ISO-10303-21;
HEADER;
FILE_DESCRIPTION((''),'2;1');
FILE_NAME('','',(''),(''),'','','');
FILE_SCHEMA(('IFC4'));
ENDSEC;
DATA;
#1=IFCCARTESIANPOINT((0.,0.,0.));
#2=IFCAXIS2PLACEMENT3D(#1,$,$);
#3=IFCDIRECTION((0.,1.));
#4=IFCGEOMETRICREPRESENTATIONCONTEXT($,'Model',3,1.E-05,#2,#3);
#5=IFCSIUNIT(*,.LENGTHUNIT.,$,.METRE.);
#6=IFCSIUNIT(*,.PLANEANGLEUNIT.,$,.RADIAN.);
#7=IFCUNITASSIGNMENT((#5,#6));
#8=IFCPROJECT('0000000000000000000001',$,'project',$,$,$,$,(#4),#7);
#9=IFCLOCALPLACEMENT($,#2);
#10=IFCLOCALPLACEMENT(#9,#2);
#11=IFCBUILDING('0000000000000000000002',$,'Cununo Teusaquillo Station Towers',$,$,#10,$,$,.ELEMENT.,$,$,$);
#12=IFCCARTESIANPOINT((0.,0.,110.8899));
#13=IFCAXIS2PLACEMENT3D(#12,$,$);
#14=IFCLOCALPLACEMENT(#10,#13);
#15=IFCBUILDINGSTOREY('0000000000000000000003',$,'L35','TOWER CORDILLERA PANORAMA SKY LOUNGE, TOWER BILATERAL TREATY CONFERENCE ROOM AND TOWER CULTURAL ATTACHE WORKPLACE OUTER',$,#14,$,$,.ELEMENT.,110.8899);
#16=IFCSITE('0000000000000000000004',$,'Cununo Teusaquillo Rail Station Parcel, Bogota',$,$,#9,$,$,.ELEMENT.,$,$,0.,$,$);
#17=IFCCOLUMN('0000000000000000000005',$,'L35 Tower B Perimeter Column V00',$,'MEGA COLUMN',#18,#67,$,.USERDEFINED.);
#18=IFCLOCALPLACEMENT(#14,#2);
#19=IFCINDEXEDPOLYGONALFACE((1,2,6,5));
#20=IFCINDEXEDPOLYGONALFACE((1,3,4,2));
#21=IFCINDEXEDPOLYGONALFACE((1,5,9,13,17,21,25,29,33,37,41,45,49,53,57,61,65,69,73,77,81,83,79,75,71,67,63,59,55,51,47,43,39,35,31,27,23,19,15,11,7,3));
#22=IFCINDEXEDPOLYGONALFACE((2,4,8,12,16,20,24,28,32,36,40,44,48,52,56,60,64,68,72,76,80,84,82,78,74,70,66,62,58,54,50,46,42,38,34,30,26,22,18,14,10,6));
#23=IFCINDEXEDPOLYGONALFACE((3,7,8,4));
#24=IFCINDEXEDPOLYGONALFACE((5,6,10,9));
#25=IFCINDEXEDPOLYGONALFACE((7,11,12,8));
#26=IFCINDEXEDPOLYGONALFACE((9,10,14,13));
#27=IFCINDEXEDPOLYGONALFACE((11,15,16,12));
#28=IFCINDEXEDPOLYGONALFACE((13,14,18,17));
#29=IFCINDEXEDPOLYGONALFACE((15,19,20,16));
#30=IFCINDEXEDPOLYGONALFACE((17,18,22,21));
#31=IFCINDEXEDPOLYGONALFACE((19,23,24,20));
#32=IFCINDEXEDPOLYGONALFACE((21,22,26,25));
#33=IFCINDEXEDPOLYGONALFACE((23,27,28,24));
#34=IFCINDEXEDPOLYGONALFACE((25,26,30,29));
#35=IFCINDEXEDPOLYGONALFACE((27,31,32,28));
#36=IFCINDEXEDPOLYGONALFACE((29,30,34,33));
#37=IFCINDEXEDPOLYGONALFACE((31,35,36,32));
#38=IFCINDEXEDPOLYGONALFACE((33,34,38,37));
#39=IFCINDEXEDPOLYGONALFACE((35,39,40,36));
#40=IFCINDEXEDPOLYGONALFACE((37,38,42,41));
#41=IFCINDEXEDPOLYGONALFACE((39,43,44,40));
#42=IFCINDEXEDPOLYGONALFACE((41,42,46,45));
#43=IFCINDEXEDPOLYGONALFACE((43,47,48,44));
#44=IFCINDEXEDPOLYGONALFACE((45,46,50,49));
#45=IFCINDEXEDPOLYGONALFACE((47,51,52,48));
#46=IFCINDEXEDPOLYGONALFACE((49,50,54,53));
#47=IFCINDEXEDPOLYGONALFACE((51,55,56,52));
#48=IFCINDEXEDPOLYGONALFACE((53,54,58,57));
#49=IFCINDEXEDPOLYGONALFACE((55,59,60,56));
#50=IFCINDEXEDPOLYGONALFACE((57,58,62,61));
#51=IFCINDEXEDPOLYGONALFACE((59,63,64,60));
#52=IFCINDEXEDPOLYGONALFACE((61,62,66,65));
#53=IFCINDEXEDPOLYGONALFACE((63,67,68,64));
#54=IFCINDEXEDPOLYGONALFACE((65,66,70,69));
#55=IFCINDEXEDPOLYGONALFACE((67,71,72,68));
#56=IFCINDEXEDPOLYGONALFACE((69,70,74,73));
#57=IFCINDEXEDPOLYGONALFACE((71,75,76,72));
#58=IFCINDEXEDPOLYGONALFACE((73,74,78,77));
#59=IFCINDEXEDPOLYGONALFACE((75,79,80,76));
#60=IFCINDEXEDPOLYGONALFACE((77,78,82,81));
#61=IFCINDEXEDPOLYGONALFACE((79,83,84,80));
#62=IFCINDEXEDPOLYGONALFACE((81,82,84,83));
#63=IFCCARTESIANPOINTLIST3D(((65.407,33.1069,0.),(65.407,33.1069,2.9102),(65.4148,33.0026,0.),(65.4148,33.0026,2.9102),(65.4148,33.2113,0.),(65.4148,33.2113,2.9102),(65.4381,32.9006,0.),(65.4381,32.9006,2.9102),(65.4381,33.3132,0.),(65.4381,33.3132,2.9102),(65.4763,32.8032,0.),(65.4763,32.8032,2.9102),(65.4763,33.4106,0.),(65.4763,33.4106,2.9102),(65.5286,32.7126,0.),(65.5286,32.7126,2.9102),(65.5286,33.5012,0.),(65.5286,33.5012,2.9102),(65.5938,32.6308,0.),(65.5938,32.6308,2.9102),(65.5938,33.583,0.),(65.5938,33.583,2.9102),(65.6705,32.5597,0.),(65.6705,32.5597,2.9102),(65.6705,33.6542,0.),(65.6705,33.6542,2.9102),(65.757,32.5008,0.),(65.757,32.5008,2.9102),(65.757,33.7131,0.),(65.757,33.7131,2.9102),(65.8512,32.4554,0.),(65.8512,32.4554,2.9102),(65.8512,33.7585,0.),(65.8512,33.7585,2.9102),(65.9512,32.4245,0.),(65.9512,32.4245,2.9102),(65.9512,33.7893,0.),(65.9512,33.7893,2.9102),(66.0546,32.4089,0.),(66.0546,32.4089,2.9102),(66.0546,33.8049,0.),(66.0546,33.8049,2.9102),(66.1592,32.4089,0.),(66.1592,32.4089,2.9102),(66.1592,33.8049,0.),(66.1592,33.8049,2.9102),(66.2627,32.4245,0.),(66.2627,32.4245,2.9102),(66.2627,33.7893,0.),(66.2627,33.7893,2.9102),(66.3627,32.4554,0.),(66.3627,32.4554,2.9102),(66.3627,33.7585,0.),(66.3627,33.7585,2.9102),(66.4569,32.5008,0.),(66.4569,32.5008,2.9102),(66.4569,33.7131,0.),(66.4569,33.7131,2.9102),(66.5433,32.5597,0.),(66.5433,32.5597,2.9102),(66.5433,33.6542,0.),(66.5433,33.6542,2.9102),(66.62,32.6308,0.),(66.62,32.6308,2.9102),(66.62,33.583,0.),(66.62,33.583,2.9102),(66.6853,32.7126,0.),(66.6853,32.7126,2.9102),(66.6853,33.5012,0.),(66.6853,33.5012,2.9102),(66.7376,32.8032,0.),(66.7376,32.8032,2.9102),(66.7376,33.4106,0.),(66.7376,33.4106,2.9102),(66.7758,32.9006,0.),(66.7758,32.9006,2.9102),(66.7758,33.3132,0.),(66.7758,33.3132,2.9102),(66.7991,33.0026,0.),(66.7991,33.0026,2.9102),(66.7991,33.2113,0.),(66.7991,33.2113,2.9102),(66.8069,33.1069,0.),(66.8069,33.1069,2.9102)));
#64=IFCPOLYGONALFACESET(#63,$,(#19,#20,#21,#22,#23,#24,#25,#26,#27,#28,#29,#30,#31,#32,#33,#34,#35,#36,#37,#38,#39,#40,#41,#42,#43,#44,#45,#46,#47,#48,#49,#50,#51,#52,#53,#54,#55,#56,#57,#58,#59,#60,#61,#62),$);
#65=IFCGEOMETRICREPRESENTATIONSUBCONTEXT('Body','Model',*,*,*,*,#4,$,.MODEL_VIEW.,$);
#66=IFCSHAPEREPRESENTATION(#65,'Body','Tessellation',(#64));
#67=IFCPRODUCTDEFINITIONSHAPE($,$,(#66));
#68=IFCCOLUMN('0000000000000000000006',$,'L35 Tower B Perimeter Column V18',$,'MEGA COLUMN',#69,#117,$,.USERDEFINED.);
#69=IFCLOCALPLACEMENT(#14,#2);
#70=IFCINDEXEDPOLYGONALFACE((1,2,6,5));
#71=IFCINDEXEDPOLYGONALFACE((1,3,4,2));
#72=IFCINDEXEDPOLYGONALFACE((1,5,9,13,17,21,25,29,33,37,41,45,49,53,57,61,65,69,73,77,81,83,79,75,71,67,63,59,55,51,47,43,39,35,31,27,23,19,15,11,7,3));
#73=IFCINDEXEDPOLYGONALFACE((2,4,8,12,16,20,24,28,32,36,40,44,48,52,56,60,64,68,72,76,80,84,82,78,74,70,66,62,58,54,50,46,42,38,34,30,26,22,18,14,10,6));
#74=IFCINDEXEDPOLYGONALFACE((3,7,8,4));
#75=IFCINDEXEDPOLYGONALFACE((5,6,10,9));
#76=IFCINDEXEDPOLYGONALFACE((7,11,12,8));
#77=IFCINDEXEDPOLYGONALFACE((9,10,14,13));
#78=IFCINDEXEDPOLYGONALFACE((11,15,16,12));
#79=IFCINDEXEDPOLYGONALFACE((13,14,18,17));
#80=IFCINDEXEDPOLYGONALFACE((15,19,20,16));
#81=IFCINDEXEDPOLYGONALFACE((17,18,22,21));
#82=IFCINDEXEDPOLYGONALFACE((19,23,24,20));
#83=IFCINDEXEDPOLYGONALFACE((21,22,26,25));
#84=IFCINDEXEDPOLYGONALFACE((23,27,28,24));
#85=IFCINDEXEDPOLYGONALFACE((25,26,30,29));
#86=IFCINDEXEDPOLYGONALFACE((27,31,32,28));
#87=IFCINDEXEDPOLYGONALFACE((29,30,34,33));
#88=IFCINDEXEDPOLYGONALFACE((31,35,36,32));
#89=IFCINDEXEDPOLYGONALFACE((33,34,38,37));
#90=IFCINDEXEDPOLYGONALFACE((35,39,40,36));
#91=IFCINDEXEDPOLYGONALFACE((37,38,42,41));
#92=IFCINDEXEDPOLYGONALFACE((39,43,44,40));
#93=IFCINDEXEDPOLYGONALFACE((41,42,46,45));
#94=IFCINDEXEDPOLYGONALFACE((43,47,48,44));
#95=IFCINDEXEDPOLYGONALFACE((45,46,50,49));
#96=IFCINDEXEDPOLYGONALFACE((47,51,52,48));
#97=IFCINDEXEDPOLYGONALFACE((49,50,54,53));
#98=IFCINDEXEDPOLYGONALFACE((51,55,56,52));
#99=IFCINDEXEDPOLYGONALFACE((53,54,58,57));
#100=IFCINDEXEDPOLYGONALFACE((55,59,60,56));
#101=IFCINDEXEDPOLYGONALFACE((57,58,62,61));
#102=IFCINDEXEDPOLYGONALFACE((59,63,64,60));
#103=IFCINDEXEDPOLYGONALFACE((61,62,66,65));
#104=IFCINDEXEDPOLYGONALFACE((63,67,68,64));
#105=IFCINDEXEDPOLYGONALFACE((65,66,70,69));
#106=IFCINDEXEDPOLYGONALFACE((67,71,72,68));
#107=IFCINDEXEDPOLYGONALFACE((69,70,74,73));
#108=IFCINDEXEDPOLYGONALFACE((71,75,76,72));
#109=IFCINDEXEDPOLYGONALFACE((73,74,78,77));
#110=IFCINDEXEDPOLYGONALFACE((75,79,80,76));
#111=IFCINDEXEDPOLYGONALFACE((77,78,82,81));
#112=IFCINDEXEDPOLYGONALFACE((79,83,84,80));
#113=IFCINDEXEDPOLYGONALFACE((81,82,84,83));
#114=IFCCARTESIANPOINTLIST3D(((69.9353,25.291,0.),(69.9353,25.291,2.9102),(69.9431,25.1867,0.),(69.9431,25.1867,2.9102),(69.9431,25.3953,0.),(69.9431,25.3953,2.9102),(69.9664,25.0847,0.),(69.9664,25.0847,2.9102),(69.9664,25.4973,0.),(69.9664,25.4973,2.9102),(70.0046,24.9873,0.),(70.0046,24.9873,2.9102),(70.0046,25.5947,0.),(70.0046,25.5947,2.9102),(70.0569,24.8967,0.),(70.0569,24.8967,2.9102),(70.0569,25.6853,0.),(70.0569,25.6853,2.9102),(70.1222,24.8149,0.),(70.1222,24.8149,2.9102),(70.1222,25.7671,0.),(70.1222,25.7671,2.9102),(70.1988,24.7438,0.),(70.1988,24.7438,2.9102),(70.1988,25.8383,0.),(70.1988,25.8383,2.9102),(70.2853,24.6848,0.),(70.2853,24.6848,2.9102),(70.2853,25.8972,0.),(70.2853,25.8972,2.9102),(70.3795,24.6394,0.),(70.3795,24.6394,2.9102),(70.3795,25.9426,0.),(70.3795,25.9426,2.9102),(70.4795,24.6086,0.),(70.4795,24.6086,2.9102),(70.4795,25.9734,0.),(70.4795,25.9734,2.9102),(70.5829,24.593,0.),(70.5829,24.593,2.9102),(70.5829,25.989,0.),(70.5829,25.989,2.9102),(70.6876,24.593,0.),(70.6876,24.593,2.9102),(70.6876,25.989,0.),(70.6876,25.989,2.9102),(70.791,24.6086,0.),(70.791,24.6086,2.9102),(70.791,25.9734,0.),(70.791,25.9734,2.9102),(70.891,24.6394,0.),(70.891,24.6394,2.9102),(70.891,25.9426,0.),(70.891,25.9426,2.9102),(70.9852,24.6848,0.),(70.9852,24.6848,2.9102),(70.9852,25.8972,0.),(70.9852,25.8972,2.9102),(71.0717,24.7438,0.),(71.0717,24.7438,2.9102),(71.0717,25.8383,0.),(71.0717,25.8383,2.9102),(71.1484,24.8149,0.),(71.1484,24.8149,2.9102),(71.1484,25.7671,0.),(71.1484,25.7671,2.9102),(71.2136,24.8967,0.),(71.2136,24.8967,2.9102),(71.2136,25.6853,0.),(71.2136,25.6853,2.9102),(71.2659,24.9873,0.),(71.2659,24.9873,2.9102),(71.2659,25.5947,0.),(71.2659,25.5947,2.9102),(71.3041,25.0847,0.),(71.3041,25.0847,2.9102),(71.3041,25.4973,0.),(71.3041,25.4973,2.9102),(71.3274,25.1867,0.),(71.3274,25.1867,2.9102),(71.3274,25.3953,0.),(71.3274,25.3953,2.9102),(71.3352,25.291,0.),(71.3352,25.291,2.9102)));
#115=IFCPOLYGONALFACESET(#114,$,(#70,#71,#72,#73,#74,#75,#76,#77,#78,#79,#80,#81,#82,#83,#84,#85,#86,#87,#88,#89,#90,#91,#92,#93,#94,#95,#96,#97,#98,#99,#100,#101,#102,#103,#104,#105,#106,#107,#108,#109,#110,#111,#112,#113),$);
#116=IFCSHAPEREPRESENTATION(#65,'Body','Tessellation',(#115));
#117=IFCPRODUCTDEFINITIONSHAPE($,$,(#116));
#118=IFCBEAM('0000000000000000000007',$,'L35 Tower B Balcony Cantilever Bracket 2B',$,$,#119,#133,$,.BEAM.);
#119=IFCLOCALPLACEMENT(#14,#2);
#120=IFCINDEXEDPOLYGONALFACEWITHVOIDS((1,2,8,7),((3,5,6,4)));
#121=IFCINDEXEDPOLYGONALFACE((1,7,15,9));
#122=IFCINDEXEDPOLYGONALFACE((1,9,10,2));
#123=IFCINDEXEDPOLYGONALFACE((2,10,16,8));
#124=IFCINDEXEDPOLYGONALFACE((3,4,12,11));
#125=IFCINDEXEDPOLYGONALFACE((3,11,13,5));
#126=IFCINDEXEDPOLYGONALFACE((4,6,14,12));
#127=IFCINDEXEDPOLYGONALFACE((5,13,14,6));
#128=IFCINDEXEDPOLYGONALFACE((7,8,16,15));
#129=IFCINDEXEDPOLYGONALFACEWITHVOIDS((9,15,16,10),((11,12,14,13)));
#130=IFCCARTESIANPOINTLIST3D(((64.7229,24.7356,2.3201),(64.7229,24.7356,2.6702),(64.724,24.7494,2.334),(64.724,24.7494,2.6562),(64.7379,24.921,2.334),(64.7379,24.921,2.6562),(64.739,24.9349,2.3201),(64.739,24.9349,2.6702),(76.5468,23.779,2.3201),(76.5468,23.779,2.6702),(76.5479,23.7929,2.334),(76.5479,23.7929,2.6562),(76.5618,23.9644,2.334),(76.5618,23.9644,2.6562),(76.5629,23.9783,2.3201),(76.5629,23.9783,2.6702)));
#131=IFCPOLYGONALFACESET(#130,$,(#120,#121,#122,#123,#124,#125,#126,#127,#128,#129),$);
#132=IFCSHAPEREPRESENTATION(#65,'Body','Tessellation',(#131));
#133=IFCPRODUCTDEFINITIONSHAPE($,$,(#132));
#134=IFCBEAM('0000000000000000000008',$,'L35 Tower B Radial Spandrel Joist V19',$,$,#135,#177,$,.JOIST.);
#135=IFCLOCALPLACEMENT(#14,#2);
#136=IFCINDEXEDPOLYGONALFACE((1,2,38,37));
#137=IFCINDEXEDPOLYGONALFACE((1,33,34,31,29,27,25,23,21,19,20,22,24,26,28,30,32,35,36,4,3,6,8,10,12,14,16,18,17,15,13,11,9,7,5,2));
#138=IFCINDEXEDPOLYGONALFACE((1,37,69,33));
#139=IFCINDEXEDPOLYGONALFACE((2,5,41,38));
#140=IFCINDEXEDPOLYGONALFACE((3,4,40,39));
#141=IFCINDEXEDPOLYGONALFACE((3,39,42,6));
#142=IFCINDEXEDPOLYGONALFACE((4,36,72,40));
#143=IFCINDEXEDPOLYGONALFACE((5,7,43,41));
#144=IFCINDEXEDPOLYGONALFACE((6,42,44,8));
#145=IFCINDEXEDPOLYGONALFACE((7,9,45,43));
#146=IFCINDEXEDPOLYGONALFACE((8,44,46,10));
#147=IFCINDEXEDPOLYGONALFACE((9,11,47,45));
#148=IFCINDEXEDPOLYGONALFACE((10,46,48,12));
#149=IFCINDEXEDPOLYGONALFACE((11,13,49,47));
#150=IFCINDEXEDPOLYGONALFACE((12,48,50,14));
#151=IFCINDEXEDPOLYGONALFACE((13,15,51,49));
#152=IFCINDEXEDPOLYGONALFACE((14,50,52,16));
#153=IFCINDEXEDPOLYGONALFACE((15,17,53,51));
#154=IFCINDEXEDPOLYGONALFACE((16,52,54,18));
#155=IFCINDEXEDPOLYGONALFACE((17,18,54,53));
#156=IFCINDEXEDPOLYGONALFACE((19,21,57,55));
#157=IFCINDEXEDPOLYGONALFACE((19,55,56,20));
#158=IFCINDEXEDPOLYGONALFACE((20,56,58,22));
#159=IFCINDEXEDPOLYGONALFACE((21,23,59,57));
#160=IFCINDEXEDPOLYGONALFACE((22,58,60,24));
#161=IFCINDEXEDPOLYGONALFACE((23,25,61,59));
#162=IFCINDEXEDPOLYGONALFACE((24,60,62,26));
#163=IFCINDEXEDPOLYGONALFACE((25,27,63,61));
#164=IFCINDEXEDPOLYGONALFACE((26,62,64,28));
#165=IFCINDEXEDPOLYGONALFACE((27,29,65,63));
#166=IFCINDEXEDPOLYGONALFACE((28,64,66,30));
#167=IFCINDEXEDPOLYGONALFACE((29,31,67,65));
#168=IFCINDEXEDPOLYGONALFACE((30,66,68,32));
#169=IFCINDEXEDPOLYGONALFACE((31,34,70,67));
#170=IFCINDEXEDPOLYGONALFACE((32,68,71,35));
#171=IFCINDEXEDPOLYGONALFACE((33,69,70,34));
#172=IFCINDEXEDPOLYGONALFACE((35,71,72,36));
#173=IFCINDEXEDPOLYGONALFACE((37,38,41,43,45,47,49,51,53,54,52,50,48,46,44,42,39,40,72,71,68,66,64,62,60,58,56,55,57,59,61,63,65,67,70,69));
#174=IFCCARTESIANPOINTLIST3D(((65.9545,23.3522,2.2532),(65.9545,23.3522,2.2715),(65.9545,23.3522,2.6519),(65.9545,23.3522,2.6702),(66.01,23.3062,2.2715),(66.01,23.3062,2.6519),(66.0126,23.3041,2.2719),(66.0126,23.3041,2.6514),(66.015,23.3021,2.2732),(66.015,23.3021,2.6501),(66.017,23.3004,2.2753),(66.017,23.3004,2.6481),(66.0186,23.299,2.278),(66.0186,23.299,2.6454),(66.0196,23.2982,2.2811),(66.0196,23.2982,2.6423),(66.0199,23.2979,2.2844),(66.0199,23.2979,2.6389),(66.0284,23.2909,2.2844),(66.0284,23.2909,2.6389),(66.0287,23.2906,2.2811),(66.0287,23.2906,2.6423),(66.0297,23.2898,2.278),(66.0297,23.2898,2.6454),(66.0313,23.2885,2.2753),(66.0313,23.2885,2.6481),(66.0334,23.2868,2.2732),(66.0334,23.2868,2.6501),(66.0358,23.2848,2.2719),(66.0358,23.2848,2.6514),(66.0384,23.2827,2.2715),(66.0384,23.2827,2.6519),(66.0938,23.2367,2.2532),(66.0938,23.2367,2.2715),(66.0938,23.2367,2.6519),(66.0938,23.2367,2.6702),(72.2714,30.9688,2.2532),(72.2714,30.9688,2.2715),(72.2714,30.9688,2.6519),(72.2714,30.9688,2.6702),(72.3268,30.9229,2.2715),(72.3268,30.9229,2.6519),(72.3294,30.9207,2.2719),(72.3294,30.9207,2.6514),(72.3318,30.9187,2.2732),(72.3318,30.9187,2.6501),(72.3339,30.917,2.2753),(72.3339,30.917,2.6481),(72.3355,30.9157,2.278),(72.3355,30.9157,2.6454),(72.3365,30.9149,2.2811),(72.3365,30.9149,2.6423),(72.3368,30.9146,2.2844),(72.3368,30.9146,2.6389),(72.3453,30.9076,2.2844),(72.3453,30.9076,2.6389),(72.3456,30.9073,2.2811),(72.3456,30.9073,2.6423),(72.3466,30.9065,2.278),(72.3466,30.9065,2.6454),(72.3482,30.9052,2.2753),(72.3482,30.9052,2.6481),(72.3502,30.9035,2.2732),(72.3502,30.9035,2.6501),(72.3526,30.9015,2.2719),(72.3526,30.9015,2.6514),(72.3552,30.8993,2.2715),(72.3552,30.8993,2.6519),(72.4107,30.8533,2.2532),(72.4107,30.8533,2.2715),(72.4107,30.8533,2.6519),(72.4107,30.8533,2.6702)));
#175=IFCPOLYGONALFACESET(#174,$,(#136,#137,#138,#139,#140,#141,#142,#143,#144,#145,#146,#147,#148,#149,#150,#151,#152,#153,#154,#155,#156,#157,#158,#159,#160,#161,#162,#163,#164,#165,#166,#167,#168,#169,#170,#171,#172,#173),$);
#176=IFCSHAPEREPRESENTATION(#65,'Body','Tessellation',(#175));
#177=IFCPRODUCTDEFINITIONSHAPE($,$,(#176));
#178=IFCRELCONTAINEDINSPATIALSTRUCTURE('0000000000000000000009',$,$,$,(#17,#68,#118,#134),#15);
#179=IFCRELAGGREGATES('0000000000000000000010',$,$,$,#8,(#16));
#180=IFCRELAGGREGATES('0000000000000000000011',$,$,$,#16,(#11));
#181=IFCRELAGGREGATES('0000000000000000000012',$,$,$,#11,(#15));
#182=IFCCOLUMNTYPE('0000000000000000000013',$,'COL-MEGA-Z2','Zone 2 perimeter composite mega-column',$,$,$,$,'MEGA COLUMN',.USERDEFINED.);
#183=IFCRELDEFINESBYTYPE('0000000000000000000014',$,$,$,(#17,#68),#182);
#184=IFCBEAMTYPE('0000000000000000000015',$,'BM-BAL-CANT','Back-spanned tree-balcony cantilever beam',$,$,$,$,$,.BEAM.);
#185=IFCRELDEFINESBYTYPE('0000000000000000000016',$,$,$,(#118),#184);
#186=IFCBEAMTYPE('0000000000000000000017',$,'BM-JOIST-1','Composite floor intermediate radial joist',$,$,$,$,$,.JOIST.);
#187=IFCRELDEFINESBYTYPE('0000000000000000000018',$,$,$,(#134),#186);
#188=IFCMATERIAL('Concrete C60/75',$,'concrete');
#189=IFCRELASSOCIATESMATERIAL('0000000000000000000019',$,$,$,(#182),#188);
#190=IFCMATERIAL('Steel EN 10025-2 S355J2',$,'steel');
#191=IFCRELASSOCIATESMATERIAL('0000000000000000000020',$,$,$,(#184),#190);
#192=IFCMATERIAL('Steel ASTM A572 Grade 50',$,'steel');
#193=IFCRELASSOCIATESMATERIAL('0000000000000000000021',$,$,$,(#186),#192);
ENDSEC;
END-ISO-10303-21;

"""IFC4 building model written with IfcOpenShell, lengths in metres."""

from ifc_helpers import new_model, si_unit, direction, frame, origin, origin_2d, place, context, subcontext, project, spatial, hollow_rectangle, circle, i_section, extrude, material, material_profile, profile_set, type_object, element, save


model = new_model("IFC4")

# Units and contexts
model_context = context("Model", 3, precision=1e-05, world=origin(), true_north=direction((0.0, 1.0)))
body_context = subcontext(model_context, "Body", "Model", "MODEL_VIEW")
ifc_project = project(units=[si_unit("LENGTHUNIT", "METRE"), si_unit("PLANEANGLEUNIT", "RADIAN")], contexts=[model_context])

# Site, building, storey
site_placement = place(None, origin())
site = spatial("IfcSite", under=ifc_project, at=site_placement, Name="Cununo Teusaquillo Rail Station Parcel, Bogota", CompositionType="ELEMENT", RefElevation=0.0)
building_placement = place(site_placement, origin())
building = spatial("IfcBuilding", under=site, at=building_placement, Name="Cununo Teusaquillo Station Towers", CompositionType="ELEMENT")
storey_placement = place(building_placement, frame((0.0, 0.0, 110.8899)))
storey = spatial("IfcBuildingStorey", under=building, at=storey_placement, Name="L35", Description="TOWER CORDILLERA PANORAMA SKY LOUNGE, TOWER BILATERAL TREATY CONFERENCE ROOM AND TOWER CULTURAL ATTACHE WORKPLACE OUTER", CompositionType="ELEMENT", Elevation=110.8899)

# Columns
ifc_material_1 = material(Name="Concrete C60/75", Category="concrete")
ifc_material_profile_1 = material_profile(ifc_material_1, circle(Radius=0.7, at=origin_2d()), Name="RC-CIRC-1400")
ifc_profile_set_1 = profile_set([ifc_material_profile_1], Name="Concrete C60/75")
column_type = type_object("IfcColumnType", Name="COL-MEGA-Z2", Description="Zone 2 perimeter composite mega-column", ElementType="MEGA COLUMN", PredefinedType="USERDEFINED", material=ifc_profile_set_1)
for number, where, z_axis, x_axis, name in (
    (1, (66.1069, 33.1069, 0.0), (0.0, 0.0, 1.0), (1.0, 0.0, 0.0), "L35 Tower B Perimeter Column V00"),
    (2, (70.6353, 25.291, 0.0), (0.0, 0.0, 1.0), (1.0, 0.0, 0.0), "L35 Tower B Perimeter Column V18"),
):
    element("IfcColumn", number, at=place(storey_placement, frame(where, z_axis=z_axis, x_axis=x_axis)), inside=storey, type_object=column_type, Name=name, ObjectType="MEGA COLUMN", PredefinedType="USERDEFINED", context=body_context, shape_type="SweptSolid", body=[
        extrude(circle(Radius=0.7, at=origin_2d()), origin(), (0.0, 0.0, 1.0), 2.9102),
    ])

# Beams
ifc_material_2 = material(Name="Steel EN 10025-2 S355J2", Category="steel")
ifc_material_profile_2 = material_profile(ifc_material_2, hollow_rectangle(XDim=0.2, YDim=0.3501, WallThickness=0.0139, at=origin_2d()), Name="RHS 350x200x14")
ifc_profile_set_2 = profile_set([ifc_material_profile_2], Name="Steel EN 10025-2 S355J2")
beam_type_1 = type_object("IfcBeamType", Name="BM-BAL-CANT", Description="Back-spanned tree-balcony cantilever beam", PredefinedType="BEAM", material=ifc_profile_set_2)
beam_1_placement = place(storey_placement, frame((64.731, 24.8352, 2.4951), z_axis=(0.996744, -0.080635, 0.0), x_axis=(0.080635, 0.996744, 0.0)))
element("IfcBeam", 3, at=beam_1_placement, inside=storey, type_object=beam_type_1, Name="L35 Tower B Balcony Cantilever Bracket 2B", PredefinedType="BEAM", context=body_context, shape_type="SweptSolid", body=[
    extrude(hollow_rectangle(XDim=0.2, YDim=0.3501, WallThickness=0.0139, at=origin_2d()), origin(), (0.0, 0.0, 1.0), 11.8625),
])
ifc_material_3 = material(Name="Steel ASTM A572 Grade 50", Category="steel")
ifc_material_profile_3 = material_profile(ifc_material_3, i_section(OverallWidth=0.1809, OverallDepth=0.417, WebThickness=0.011, FlangeThickness=0.0183, FilletRadius=0.0129, at=origin_2d()), Name="W16X57")
ifc_profile_set_3 = profile_set([ifc_material_profile_3], Name="Steel ASTM A572 Grade 50")
beam_type_2 = type_object("IfcBeamType", Name="BM-JOIST-1", Description="Composite floor intermediate radial joist", PredefinedType="JOIST", material=ifc_profile_set_3)
beam_2_placement = place(storey_placement, frame((66.0242, 23.2944, 2.4617), z_axis=(0.638372, 0.769728, 0.0), x_axis=(-0.769728, 0.638372, 0.0)))
element("IfcBeam", 4, at=beam_2_placement, inside=storey, type_object=beam_type_2, Name="L35 Tower B Radial Spandrel Joist V19", PredefinedType="JOIST", context=body_context, shape_type="SweptSolid", body=[
    extrude(i_section(OverallWidth=0.1809, OverallDepth=0.417, WebThickness=0.011, FlangeThickness=0.0183, FilletRadius=0.0129, at=origin_2d()), origin(), (0.0, 0.0, 1.0), 9.8953),
])

save(model, "model.ifc")
